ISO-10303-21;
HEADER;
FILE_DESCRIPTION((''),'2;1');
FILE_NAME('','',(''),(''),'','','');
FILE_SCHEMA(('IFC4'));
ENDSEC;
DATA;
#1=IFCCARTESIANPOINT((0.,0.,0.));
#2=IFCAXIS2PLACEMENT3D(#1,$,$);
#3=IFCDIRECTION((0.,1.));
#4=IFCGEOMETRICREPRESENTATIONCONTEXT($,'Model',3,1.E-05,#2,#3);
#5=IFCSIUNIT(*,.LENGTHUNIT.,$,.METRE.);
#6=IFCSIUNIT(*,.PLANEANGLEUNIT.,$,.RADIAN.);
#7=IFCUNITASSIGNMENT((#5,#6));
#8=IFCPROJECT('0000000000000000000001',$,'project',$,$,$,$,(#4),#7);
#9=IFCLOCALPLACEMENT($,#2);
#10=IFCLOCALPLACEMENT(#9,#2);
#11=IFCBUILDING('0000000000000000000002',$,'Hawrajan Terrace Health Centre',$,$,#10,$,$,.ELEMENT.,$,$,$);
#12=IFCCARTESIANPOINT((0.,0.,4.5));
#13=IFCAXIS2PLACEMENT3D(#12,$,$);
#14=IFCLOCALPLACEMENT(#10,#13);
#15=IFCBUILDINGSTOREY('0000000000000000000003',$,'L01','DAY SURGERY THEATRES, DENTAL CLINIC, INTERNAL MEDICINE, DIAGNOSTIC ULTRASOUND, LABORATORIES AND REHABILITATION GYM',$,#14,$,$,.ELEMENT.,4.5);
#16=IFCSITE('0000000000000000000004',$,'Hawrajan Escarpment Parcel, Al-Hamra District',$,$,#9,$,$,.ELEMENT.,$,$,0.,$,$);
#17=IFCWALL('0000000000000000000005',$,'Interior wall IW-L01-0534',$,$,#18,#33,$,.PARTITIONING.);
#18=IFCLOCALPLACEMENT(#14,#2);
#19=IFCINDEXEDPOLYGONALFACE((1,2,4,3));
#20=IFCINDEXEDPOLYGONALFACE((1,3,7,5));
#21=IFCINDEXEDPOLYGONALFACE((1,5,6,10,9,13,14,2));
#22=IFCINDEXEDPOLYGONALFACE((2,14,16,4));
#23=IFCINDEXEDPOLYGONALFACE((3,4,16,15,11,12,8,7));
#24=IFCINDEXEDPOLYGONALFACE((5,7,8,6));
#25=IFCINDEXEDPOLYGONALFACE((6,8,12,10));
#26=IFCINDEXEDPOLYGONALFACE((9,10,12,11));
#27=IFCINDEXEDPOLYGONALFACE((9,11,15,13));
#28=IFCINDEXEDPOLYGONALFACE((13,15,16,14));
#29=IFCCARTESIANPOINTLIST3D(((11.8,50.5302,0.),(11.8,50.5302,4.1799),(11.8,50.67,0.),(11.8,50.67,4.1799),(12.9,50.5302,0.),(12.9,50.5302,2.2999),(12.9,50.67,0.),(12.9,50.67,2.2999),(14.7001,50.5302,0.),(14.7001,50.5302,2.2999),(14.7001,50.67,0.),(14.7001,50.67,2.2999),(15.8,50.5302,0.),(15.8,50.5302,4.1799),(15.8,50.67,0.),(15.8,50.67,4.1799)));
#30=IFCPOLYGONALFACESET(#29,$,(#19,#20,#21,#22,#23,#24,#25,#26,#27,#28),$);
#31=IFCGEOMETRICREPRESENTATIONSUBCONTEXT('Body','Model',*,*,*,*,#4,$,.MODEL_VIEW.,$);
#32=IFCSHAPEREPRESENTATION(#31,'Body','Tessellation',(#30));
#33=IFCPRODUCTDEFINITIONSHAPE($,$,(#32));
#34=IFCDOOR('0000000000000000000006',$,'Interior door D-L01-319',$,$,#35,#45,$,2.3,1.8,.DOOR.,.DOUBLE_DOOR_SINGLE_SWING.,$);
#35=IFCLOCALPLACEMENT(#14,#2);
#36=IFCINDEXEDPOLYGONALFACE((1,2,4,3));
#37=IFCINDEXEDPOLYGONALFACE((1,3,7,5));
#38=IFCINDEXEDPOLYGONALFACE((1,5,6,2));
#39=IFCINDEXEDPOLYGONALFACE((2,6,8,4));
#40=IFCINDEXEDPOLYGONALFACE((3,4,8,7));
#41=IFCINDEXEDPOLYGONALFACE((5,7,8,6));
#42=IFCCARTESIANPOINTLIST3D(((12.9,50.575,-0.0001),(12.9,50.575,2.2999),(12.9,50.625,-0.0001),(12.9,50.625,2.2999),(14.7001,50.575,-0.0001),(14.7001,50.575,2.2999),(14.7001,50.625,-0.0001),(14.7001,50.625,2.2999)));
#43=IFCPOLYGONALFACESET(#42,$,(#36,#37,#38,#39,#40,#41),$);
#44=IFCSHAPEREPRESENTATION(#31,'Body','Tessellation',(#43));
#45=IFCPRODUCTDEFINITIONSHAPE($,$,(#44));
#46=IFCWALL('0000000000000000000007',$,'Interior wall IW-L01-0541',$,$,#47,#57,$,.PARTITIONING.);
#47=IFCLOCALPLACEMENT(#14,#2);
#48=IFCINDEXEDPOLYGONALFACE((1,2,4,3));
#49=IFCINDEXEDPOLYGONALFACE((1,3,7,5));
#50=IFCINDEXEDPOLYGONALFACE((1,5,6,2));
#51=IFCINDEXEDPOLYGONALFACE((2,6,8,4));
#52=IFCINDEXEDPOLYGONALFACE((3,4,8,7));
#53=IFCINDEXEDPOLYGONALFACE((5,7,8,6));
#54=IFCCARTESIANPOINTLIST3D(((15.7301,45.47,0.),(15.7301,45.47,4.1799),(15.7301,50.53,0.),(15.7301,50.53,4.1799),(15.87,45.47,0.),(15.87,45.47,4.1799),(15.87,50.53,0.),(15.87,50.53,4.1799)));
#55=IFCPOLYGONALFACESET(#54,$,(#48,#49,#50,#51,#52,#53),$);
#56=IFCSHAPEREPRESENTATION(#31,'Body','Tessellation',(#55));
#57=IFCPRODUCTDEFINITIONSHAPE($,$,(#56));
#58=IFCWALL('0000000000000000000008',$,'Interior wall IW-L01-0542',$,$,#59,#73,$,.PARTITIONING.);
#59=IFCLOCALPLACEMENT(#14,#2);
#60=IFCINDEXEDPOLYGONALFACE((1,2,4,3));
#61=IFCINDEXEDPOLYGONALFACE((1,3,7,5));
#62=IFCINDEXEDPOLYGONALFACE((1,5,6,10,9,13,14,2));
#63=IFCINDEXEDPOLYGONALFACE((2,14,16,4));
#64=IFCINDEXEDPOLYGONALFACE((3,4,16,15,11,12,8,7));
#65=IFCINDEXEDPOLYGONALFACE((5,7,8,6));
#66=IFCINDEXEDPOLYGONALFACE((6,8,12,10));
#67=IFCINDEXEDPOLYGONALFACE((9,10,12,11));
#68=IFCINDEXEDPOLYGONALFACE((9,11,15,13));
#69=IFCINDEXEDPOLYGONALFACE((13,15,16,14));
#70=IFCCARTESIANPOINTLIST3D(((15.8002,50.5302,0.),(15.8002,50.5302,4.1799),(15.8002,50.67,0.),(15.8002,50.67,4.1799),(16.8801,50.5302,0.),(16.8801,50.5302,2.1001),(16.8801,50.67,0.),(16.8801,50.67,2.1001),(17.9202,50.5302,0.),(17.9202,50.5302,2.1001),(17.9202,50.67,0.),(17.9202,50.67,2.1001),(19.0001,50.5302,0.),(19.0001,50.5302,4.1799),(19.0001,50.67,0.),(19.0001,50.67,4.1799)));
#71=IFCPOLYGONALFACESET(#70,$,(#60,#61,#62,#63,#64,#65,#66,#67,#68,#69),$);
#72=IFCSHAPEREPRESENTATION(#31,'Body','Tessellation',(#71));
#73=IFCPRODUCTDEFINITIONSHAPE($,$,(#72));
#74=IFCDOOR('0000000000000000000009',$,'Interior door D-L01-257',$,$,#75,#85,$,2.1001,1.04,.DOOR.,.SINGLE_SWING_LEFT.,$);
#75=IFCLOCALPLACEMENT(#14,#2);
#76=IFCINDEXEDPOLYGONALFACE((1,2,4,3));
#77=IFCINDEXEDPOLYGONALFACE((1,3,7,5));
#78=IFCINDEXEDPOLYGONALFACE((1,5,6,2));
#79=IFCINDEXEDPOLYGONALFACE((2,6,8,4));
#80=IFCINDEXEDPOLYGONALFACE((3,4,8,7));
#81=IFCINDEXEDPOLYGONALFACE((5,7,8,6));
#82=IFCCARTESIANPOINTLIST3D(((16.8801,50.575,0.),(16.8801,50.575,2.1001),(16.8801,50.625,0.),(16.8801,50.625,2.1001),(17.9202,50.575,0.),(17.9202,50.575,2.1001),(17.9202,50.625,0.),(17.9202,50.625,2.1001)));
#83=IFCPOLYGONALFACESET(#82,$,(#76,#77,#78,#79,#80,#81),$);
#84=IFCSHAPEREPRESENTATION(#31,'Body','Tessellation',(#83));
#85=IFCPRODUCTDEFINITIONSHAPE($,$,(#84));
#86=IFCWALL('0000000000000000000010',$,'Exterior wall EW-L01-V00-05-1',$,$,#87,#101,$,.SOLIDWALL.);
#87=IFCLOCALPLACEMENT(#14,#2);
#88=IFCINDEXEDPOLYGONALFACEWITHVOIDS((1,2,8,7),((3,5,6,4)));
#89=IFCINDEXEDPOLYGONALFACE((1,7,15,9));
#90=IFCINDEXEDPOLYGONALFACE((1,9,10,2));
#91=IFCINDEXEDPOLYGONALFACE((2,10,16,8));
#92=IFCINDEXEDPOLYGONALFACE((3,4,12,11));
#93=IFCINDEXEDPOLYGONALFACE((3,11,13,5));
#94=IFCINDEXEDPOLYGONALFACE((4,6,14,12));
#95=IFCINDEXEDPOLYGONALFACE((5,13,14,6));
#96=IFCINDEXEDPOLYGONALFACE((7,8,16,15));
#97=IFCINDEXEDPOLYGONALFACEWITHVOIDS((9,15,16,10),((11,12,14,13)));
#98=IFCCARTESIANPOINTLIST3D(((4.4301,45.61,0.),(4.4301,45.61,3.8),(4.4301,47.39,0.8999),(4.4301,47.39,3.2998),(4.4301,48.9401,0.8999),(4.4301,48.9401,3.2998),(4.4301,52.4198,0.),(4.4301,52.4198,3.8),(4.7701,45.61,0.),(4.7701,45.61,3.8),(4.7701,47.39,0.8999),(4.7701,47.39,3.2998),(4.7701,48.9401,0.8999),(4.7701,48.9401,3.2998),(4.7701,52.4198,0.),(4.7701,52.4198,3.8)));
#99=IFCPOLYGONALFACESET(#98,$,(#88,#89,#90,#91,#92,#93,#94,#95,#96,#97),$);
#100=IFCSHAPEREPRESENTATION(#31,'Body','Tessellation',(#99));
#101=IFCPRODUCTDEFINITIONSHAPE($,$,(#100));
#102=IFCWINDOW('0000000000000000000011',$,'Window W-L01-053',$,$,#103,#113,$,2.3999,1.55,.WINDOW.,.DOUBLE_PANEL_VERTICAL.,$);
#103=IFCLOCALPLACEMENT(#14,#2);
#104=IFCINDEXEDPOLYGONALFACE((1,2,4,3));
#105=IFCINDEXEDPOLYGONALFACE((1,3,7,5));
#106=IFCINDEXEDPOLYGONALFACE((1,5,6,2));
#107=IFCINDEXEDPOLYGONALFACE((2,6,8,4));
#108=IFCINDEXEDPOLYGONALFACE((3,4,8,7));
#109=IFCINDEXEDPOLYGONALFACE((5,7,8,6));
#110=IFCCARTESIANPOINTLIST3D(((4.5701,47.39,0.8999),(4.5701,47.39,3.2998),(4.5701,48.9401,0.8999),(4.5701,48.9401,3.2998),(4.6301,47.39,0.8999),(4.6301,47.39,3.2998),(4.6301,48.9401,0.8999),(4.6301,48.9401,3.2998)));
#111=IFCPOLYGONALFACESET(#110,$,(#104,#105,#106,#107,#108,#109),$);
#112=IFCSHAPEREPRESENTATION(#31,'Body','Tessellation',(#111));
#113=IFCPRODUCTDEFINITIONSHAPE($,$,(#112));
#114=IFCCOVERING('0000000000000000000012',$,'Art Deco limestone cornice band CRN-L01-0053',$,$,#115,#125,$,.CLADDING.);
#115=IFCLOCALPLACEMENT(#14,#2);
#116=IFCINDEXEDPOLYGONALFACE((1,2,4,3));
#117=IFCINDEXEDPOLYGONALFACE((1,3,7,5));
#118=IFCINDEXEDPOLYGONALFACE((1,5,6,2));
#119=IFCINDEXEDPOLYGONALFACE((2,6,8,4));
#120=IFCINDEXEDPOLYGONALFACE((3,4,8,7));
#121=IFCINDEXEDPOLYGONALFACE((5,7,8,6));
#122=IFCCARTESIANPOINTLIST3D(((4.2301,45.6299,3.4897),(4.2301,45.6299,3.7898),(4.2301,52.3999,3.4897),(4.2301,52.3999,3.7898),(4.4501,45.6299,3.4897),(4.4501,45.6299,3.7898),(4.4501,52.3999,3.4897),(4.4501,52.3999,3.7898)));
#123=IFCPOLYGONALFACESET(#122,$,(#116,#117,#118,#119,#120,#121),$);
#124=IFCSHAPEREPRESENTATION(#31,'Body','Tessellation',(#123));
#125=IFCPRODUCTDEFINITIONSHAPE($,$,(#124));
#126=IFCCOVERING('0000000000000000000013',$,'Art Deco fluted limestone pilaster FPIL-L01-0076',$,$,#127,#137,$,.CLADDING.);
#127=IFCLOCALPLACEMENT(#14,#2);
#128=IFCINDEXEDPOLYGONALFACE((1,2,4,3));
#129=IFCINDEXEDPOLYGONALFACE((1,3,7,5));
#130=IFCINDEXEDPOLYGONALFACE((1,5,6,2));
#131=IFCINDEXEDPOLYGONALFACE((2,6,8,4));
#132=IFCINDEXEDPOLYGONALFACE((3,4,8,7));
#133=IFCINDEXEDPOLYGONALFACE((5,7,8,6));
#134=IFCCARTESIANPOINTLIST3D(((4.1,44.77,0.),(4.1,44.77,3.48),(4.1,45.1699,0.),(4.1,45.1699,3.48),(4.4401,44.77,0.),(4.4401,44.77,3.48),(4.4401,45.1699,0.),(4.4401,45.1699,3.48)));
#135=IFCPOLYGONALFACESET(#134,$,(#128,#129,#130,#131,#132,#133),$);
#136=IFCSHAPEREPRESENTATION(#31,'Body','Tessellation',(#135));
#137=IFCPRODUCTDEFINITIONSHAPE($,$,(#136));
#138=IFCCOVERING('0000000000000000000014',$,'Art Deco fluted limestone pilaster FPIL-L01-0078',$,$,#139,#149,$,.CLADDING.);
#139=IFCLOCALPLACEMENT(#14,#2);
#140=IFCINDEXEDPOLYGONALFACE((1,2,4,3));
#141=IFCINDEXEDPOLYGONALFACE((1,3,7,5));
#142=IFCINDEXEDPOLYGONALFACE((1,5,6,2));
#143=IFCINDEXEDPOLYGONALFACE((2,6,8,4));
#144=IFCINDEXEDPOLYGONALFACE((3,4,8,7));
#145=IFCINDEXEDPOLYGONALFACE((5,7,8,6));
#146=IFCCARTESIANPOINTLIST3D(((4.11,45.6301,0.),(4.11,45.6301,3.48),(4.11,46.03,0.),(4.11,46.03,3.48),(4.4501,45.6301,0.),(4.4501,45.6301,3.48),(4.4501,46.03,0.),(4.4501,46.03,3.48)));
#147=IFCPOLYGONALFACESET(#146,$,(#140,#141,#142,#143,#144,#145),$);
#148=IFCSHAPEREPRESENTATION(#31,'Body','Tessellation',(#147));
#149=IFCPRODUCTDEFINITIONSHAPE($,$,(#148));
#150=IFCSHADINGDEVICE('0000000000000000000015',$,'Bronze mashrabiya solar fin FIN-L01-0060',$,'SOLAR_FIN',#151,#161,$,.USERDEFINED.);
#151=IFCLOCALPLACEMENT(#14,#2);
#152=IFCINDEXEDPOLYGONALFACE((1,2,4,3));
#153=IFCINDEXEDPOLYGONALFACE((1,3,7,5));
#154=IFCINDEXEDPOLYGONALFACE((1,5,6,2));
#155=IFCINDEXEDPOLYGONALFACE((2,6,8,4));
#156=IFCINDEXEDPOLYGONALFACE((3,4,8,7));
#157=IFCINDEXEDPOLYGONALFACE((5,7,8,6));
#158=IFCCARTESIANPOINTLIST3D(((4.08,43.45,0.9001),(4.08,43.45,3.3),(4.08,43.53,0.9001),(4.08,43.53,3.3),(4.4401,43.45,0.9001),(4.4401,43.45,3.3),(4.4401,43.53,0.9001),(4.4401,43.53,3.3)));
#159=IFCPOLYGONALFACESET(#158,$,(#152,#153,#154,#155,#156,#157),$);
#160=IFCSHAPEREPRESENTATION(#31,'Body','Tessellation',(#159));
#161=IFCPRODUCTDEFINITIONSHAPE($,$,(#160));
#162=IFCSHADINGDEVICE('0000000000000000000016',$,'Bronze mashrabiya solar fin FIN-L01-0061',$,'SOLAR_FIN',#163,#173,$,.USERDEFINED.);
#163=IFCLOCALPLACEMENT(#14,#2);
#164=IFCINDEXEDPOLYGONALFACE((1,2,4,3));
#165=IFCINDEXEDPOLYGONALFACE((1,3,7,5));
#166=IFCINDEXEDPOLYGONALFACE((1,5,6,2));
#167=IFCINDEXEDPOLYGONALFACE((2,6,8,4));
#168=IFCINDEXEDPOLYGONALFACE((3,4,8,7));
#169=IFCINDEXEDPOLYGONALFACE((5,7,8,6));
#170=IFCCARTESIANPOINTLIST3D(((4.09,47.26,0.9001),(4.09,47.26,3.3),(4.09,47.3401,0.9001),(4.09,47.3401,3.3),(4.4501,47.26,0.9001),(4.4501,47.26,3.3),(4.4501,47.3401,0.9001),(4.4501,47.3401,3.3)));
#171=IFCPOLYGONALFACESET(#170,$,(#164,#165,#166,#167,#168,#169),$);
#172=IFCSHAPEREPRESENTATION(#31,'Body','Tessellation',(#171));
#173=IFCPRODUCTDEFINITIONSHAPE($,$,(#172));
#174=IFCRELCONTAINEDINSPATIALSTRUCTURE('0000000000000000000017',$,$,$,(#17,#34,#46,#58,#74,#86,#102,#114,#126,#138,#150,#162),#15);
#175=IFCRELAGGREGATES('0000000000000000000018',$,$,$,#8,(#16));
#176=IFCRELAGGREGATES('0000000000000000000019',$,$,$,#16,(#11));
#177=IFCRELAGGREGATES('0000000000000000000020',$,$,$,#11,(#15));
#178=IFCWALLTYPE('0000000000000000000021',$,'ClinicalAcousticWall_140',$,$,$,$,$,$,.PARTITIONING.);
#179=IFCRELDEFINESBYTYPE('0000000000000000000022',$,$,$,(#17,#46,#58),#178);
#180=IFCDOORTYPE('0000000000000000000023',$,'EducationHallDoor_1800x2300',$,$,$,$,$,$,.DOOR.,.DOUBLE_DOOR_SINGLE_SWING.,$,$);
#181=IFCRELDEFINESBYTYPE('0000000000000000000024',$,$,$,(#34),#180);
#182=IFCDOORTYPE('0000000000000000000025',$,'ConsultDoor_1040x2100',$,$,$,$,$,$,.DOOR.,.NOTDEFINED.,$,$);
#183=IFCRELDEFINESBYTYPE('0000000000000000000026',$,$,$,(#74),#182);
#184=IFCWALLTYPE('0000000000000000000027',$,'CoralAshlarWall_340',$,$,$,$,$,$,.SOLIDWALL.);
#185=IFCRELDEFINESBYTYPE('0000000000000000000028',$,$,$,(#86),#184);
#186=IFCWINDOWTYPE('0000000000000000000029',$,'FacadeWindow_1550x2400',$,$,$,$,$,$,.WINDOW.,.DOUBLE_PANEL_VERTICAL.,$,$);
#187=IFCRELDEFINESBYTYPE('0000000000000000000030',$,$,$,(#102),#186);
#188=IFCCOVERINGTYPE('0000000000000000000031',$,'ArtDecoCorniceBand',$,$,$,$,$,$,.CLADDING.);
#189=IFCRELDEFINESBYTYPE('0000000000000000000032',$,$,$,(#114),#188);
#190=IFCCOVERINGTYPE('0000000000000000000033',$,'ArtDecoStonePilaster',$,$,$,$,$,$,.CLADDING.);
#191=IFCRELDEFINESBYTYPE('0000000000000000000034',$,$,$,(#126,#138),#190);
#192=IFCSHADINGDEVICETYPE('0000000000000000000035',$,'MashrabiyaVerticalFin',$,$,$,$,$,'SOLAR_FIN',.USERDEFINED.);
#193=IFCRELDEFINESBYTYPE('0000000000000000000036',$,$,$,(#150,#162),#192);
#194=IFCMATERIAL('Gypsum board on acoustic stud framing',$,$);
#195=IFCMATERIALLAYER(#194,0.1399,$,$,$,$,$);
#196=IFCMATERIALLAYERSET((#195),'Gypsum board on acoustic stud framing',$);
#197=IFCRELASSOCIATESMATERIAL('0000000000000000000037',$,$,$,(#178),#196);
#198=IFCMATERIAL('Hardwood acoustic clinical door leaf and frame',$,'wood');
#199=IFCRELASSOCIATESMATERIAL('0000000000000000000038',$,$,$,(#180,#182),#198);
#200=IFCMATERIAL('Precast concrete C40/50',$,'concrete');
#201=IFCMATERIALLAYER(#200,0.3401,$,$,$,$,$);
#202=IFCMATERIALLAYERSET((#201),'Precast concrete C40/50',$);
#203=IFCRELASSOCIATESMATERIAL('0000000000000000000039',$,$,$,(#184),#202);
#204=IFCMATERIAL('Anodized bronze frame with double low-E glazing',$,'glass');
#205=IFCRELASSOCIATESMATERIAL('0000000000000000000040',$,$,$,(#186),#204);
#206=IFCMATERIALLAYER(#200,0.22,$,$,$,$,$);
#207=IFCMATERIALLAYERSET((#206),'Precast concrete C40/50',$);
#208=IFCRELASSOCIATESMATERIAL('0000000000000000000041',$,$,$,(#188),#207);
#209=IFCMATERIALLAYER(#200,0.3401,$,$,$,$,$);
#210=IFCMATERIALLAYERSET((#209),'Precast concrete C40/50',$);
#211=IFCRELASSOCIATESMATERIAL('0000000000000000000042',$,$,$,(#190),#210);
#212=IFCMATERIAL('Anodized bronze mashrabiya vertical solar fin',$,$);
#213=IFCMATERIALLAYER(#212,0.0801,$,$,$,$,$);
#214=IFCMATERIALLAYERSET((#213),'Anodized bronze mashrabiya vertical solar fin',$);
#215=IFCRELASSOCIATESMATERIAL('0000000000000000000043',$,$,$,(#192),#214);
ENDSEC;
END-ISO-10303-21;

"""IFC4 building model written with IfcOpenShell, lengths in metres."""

from ifc_helpers import new_model, si_unit, direction, frame, frame_2d, origin, origin_2d, place, context, subcontext, project, spatial, rectangle, extrude, material, layer, layer_set, type_object, element, fill, save


model = new_model("IFC4")

# Units and contexts
model_context = context("Model", 3, precision=1e-05, world=origin(), true_north=direction((0.0, 1.0)))
body_context = subcontext(model_context, "Body", "Model", "MODEL_VIEW")
ifc_project = project(units=[si_unit("LENGTHUNIT", "METRE"), si_unit("PLANEANGLEUNIT", "RADIAN")], contexts=[model_context])

# Site, building, storey
site_placement = place(None, origin())
site = spatial("IfcSite", under=ifc_project, at=site_placement, Name="Hawrajan Escarpment Parcel, Al-Hamra District", CompositionType="ELEMENT", RefElevation=0.0)
building_placement = place(site_placement, origin())
building = spatial("IfcBuilding", under=site, at=building_placement, Name="Hawrajan Terrace Health Centre", CompositionType="ELEMENT")
storey_placement = place(building_placement, frame((0.0, 0.0, 4.5)))
storey = spatial("IfcBuildingStorey", under=building, at=storey_placement, Name="L01", Description="DAY SURGERY THEATRES, DENTAL CLINIC, INTERNAL MEDICINE, DIAGNOSTIC ULTRASOUND, LABORATORIES AND REHABILITATION GYM", CompositionType="ELEMENT", Elevation=4.5)

# Shared definitions
ifc_material_1 = material(Name="Gypsum board on acoustic stud framing")
ifc_layer_1 = layer(ifc_material_1, 0.1399)
ifc_layer_set_1 = layer_set([ifc_layer_1], Name="Gypsum board on acoustic stud framing")
wall_type_1 = type_object("IfcWallType", Name="ClinicalAcousticWall_140", PredefinedType="PARTITIONING", material=ifc_layer_set_1)

# Shared definitions
ifc_material_2 = material(Name="Hardwood acoustic clinical door leaf and frame", Category="wood")
door_type_1 = type_object("IfcDoorType", Name="EducationHallDoor_1800x2300", OperationType="DOUBLE_DOOR_SINGLE_SWING", PredefinedType="DOOR", material=ifc_material_2)

# Wall, opening, door
wall_1_placement = place(storey_placement, frame((11.8, 50.6001, 0.0), z_axis=(0.0, 0.0, 1.0), x_axis=(1.0, 0.0, 0.0)))
wall_1 = element("IfcWall", 1, at=wall_1_placement, inside=storey, type_object=wall_type_1, Name="Interior wall IW-L01-0534", PredefinedType="PARTITIONING", context=body_context, shape_type="SweptSolid", body=[
    extrude(rectangle(XDim=4.0, YDim=0.1399, at=frame_2d((2.0, 0.0))), origin(), (0.0, 0.0, 1.0), 4.1799),
])
opening_1_placement = place(wall_1_placement, frame((1.1001, 0.0, 0.0)))
opening_1 = element("IfcOpeningElement", 2, at=opening_1_placement, cuts=wall_1, PredefinedType="OPENING", context=body_context, shape_type="SweptSolid", body=[
    extrude(rectangle(XDim=1.8, YDim=2.3, at=frame_2d((0.8999, 1.1499))), frame((0.0, 0.0798, 0.0), z_axis=(0.0, -1.0, 0.0), x_axis=(1.0, 0.0, 0.0)), (0.0, 0.0, 1.0), 0.1599),
])
door_1_placement = place(opening_1_placement, origin())
door_1 = element("IfcDoor", 3, at=door_1_placement, inside=storey, type_object=door_type_1, Name="Interior door D-L01-319", OperationType="DOUBLE_DOOR_SINGLE_SWING", OverallHeight=2.3, OverallWidth=1.8, PredefinedType="DOOR", context=body_context, shape_type="SweptSolid", body=[
    extrude(rectangle(XDim=1.8, YDim=2.3, at=frame_2d((0.8999, 1.1499))), frame((0.0, 0.0249, 0.0), z_axis=(0.0, -1.0, 0.0), x_axis=(1.0, 0.0, 0.0)), (0.0, 0.0, 1.0), 0.05),
])
fill(opening_1, door_1)

# Wall
wall_2_placement = place(storey_placement, frame((15.8, 45.47, 0.0), z_axis=(0.0, 0.0, 1.0), x_axis=(0.0, 1.0, 0.0)))
element("IfcWall", 4, at=wall_2_placement, inside=storey, type_object=wall_type_1, Name="Interior wall IW-L01-0541", PredefinedType="PARTITIONING", context=body_context, shape_type="SweptSolid", body=[
    extrude(rectangle(XDim=5.0601, YDim=0.1399, at=frame_2d((2.53, 0.0))), origin(), (0.0, 0.0, 1.0), 4.1799),
])

# Wall, opening, door
wall_3_placement = place(storey_placement, frame((15.8, 50.6001, 0.0), z_axis=(0.0, 0.0, 1.0), x_axis=(1.0, 0.0, 0.0)))
wall_3 = element("IfcWall", 5, at=wall_3_placement, inside=storey, type_object=wall_type_1, Name="Interior wall IW-L01-0542", PredefinedType="PARTITIONING", context=body_context, shape_type="SweptSolid", body=[
    extrude(rectangle(XDim=3.2, YDim=0.1399, at=frame_2d((1.6001, 0.0))), origin(), (0.0, 0.0, 1.0), 4.1799),
])
opening_2_placement = place(wall_3_placement, frame((1.0801, 0.0, 0.0)))
opening_2 = element("IfcOpeningElement", 6, at=opening_2_placement, cuts=wall_3, PredefinedType="OPENING", context=body_context, shape_type="SweptSolid", body=[
    extrude(rectangle(XDim=1.04, YDim=2.1001, at=frame_2d((0.52, 1.05))), frame((0.0, 0.0798, 0.0), z_axis=(0.0, -1.0, 0.0), x_axis=(1.0, 0.0, 0.0)), (0.0, 0.0, 1.0), 0.1599),
])
door_type_2 = type_object("IfcDoorType", Name="ConsultDoor_1040x2100", OperationType="NOTDEFINED", PredefinedType="DOOR", material=ifc_material_2)
door_2_placement = place(opening_2_placement, origin())
door_2 = element("IfcDoor", 7, at=door_2_placement, inside=storey, type_object=door_type_2, Name="Interior door D-L01-257", OperationType="SINGLE_SWING_LEFT", OverallHeight=2.1001, OverallWidth=1.04, PredefinedType="DOOR", context=body_context, shape_type="SweptSolid", body=[
    extrude(rectangle(XDim=1.04, YDim=2.1001, at=frame_2d((0.52, 1.05))), frame((0.0, 0.0249, 0.0), z_axis=(0.0, -1.0, 0.0), x_axis=(1.0, 0.0, 0.0)), (0.0, 0.0, 1.0), 0.05),
])
fill(opening_2, door_2)

# Wall, opening, window
ifc_material_3 = material(Name="Precast concrete C40/50", Category="concrete")
ifc_layer_2 = layer(ifc_material_3, 0.3401)
ifc_layer_set_2 = layer_set([ifc_layer_2], Name="Precast concrete C40/50")
wall_type_2 = type_object("IfcWallType", Name="CoralAshlarWall_340", PredefinedType="SOLIDWALL", material=ifc_layer_set_2)
wall_4_placement = place(storey_placement, frame((4.6001, 45.6101, 0.0), z_axis=(0.0, 0.0, 1.0), x_axis=(0.0, 1.0, 0.0)))
wall_4 = element("IfcWall", 8, at=wall_4_placement, inside=storey, type_object=wall_type_2, Name="Exterior wall EW-L01-V00-05-1", PredefinedType="SOLIDWALL", context=body_context, shape_type="SweptSolid", body=[
    extrude(rectangle(XDim=6.8098, YDim=0.3401, at=frame_2d((3.4048, 0.0))), origin(), (0.0, 0.0, 1.0), 3.8),
])
opening_3_placement = place(wall_4_placement, frame((1.78, 0.0, 0.8999)))
opening_3 = element("IfcOpeningElement", 9, at=opening_3_placement, cuts=wall_4, PredefinedType="OPENING", context=body_context, shape_type="SweptSolid", body=[
    extrude(rectangle(XDim=1.55, YDim=2.3999, at=frame_2d((0.7749, 1.2))), frame((0.0, 0.1799, 0.0), z_axis=(0.0, -1.0, 0.0), x_axis=(1.0, 0.0, 0.0)), (0.0, 0.0, 1.0), 0.3601),
])
ifc_material_4 = material(Name="Anodized bronze frame with double low-E glazing", Category="glass")
window_type = type_object("IfcWindowType", Name="FacadeWindow_1550x2400", PartitioningType="DOUBLE_PANEL_VERTICAL", PredefinedType="WINDOW", material=ifc_material_4)
window_placement = place(opening_3_placement, origin())
window = element("IfcWindow", 10, at=window_placement, inside=storey, type_object=window_type, Name="Window W-L01-053", OverallHeight=2.3999, OverallWidth=1.55, PartitioningType="DOUBLE_PANEL_VERTICAL", PredefinedType="WINDOW", context=body_context, shape_type="SweptSolid", body=[
    extrude(rectangle(XDim=1.55, YDim=2.3999, at=frame_2d((0.7749, 1.2))), frame((0.0, 0.03, 0.0), z_axis=(0.0, -1.0, 0.0), x_axis=(1.0, 0.0, 0.0)), (0.0, 0.0, 1.0), 0.0601),
])
fill(opening_3, window)

# Coverings
ifc_layer_3 = layer(ifc_material_3, 0.22)
ifc_layer_set_3 = layer_set([ifc_layer_3], Name="Precast concrete C40/50")
covering_type_1 = type_object("IfcCoveringType", Name="ArtDecoCorniceBand", PredefinedType="CLADDING", material=ifc_layer_set_3)
covering_placement = place(storey_placement, frame((4.3401, 49.0149, 3.4897), z_axis=(0.0, 0.0, 1.0), x_axis=(0.0, 1.0, 0.0)))
element("IfcCovering", 11, at=covering_placement, inside=storey, type_object=covering_type_1, Name="Art Deco limestone cornice band CRN-L01-0053", PredefinedType="CLADDING", context=body_context, shape_type="SweptSolid", body=[
    extrude(rectangle(XDim=6.77, YDim=0.22, at=origin_2d()), origin(), (0.0, 0.0, 1.0), 0.3),
])
ifc_layer_4 = layer(ifc_material_3, 0.3401)
ifc_layer_set_4 = layer_set([ifc_layer_4], Name="Precast concrete C40/50")
covering_type_2 = type_object("IfcCoveringType", Name="ArtDecoStonePilaster", PredefinedType="CLADDING", material=ifc_layer_set_4)
for number, where, z_axis, x_axis, name in (
    (12, (4.27, 44.97, 0.0), (0.0, 0.0, 1.0), (0.0, 1.0, 0.0), "Art Deco fluted limestone pilaster FPIL-L01-0076"),
    (13, (4.28, 45.8301, 0.0), (0.0, 0.0, 1.0), (0.0, 1.0, 0.0), "Art Deco fluted limestone pilaster FPIL-L01-0078"),
):
    element("IfcCovering", number, at=place(storey_placement, frame(where, z_axis=z_axis, x_axis=x_axis)), inside=storey, type_object=covering_type_2, Name=name, PredefinedType="CLADDING", context=body_context, shape_type="SweptSolid", body=[
        extrude(rectangle(XDim=0.3999, YDim=0.3401, at=origin_2d()), origin(), (0.0, 0.0, 1.0), 3.48),
    ])

# Shading devices
ifc_material_5 = material(Name="Anodized bronze mashrabiya vertical solar fin")
ifc_layer_5 = layer(ifc_material_5, 0.0801)
ifc_layer_set_5 = layer_set([ifc_layer_5], Name="Anodized bronze mashrabiya vertical solar fin")
shading_device_type = type_object("IfcShadingDeviceType", Name="MashrabiyaVerticalFin", ElementType="SOLAR_FIN", PredefinedType="USERDEFINED", material=ifc_layer_set_5)
for number, where, z_axis, x_axis, name in (
    (14, (4.26, 43.49, 0.9001), (0.0, 0.0, 1.0), (0.0, 1.0, 0.0), "Bronze mashrabiya solar fin FIN-L01-0060"),
    (15, (4.27, 47.3, 0.9001), (0.0, 0.0, 1.0), (0.0, 1.0, 0.0), "Bronze mashrabiya solar fin FIN-L01-0061"),
):
    element("IfcShadingDevice", number, at=place(storey_placement, frame(where, z_axis=z_axis, x_axis=x_axis)), inside=storey, type_object=shading_device_type, Name=name, ObjectType="SOLAR_FIN", PredefinedType="USERDEFINED", context=body_context, shape_type="SweptSolid", body=[
        extrude(rectangle(XDim=0.0801, YDim=0.3601, at=origin_2d()), origin(), (0.0, 0.0, 1.0), 2.3999),
    ])

save(model, "model.ifc")
